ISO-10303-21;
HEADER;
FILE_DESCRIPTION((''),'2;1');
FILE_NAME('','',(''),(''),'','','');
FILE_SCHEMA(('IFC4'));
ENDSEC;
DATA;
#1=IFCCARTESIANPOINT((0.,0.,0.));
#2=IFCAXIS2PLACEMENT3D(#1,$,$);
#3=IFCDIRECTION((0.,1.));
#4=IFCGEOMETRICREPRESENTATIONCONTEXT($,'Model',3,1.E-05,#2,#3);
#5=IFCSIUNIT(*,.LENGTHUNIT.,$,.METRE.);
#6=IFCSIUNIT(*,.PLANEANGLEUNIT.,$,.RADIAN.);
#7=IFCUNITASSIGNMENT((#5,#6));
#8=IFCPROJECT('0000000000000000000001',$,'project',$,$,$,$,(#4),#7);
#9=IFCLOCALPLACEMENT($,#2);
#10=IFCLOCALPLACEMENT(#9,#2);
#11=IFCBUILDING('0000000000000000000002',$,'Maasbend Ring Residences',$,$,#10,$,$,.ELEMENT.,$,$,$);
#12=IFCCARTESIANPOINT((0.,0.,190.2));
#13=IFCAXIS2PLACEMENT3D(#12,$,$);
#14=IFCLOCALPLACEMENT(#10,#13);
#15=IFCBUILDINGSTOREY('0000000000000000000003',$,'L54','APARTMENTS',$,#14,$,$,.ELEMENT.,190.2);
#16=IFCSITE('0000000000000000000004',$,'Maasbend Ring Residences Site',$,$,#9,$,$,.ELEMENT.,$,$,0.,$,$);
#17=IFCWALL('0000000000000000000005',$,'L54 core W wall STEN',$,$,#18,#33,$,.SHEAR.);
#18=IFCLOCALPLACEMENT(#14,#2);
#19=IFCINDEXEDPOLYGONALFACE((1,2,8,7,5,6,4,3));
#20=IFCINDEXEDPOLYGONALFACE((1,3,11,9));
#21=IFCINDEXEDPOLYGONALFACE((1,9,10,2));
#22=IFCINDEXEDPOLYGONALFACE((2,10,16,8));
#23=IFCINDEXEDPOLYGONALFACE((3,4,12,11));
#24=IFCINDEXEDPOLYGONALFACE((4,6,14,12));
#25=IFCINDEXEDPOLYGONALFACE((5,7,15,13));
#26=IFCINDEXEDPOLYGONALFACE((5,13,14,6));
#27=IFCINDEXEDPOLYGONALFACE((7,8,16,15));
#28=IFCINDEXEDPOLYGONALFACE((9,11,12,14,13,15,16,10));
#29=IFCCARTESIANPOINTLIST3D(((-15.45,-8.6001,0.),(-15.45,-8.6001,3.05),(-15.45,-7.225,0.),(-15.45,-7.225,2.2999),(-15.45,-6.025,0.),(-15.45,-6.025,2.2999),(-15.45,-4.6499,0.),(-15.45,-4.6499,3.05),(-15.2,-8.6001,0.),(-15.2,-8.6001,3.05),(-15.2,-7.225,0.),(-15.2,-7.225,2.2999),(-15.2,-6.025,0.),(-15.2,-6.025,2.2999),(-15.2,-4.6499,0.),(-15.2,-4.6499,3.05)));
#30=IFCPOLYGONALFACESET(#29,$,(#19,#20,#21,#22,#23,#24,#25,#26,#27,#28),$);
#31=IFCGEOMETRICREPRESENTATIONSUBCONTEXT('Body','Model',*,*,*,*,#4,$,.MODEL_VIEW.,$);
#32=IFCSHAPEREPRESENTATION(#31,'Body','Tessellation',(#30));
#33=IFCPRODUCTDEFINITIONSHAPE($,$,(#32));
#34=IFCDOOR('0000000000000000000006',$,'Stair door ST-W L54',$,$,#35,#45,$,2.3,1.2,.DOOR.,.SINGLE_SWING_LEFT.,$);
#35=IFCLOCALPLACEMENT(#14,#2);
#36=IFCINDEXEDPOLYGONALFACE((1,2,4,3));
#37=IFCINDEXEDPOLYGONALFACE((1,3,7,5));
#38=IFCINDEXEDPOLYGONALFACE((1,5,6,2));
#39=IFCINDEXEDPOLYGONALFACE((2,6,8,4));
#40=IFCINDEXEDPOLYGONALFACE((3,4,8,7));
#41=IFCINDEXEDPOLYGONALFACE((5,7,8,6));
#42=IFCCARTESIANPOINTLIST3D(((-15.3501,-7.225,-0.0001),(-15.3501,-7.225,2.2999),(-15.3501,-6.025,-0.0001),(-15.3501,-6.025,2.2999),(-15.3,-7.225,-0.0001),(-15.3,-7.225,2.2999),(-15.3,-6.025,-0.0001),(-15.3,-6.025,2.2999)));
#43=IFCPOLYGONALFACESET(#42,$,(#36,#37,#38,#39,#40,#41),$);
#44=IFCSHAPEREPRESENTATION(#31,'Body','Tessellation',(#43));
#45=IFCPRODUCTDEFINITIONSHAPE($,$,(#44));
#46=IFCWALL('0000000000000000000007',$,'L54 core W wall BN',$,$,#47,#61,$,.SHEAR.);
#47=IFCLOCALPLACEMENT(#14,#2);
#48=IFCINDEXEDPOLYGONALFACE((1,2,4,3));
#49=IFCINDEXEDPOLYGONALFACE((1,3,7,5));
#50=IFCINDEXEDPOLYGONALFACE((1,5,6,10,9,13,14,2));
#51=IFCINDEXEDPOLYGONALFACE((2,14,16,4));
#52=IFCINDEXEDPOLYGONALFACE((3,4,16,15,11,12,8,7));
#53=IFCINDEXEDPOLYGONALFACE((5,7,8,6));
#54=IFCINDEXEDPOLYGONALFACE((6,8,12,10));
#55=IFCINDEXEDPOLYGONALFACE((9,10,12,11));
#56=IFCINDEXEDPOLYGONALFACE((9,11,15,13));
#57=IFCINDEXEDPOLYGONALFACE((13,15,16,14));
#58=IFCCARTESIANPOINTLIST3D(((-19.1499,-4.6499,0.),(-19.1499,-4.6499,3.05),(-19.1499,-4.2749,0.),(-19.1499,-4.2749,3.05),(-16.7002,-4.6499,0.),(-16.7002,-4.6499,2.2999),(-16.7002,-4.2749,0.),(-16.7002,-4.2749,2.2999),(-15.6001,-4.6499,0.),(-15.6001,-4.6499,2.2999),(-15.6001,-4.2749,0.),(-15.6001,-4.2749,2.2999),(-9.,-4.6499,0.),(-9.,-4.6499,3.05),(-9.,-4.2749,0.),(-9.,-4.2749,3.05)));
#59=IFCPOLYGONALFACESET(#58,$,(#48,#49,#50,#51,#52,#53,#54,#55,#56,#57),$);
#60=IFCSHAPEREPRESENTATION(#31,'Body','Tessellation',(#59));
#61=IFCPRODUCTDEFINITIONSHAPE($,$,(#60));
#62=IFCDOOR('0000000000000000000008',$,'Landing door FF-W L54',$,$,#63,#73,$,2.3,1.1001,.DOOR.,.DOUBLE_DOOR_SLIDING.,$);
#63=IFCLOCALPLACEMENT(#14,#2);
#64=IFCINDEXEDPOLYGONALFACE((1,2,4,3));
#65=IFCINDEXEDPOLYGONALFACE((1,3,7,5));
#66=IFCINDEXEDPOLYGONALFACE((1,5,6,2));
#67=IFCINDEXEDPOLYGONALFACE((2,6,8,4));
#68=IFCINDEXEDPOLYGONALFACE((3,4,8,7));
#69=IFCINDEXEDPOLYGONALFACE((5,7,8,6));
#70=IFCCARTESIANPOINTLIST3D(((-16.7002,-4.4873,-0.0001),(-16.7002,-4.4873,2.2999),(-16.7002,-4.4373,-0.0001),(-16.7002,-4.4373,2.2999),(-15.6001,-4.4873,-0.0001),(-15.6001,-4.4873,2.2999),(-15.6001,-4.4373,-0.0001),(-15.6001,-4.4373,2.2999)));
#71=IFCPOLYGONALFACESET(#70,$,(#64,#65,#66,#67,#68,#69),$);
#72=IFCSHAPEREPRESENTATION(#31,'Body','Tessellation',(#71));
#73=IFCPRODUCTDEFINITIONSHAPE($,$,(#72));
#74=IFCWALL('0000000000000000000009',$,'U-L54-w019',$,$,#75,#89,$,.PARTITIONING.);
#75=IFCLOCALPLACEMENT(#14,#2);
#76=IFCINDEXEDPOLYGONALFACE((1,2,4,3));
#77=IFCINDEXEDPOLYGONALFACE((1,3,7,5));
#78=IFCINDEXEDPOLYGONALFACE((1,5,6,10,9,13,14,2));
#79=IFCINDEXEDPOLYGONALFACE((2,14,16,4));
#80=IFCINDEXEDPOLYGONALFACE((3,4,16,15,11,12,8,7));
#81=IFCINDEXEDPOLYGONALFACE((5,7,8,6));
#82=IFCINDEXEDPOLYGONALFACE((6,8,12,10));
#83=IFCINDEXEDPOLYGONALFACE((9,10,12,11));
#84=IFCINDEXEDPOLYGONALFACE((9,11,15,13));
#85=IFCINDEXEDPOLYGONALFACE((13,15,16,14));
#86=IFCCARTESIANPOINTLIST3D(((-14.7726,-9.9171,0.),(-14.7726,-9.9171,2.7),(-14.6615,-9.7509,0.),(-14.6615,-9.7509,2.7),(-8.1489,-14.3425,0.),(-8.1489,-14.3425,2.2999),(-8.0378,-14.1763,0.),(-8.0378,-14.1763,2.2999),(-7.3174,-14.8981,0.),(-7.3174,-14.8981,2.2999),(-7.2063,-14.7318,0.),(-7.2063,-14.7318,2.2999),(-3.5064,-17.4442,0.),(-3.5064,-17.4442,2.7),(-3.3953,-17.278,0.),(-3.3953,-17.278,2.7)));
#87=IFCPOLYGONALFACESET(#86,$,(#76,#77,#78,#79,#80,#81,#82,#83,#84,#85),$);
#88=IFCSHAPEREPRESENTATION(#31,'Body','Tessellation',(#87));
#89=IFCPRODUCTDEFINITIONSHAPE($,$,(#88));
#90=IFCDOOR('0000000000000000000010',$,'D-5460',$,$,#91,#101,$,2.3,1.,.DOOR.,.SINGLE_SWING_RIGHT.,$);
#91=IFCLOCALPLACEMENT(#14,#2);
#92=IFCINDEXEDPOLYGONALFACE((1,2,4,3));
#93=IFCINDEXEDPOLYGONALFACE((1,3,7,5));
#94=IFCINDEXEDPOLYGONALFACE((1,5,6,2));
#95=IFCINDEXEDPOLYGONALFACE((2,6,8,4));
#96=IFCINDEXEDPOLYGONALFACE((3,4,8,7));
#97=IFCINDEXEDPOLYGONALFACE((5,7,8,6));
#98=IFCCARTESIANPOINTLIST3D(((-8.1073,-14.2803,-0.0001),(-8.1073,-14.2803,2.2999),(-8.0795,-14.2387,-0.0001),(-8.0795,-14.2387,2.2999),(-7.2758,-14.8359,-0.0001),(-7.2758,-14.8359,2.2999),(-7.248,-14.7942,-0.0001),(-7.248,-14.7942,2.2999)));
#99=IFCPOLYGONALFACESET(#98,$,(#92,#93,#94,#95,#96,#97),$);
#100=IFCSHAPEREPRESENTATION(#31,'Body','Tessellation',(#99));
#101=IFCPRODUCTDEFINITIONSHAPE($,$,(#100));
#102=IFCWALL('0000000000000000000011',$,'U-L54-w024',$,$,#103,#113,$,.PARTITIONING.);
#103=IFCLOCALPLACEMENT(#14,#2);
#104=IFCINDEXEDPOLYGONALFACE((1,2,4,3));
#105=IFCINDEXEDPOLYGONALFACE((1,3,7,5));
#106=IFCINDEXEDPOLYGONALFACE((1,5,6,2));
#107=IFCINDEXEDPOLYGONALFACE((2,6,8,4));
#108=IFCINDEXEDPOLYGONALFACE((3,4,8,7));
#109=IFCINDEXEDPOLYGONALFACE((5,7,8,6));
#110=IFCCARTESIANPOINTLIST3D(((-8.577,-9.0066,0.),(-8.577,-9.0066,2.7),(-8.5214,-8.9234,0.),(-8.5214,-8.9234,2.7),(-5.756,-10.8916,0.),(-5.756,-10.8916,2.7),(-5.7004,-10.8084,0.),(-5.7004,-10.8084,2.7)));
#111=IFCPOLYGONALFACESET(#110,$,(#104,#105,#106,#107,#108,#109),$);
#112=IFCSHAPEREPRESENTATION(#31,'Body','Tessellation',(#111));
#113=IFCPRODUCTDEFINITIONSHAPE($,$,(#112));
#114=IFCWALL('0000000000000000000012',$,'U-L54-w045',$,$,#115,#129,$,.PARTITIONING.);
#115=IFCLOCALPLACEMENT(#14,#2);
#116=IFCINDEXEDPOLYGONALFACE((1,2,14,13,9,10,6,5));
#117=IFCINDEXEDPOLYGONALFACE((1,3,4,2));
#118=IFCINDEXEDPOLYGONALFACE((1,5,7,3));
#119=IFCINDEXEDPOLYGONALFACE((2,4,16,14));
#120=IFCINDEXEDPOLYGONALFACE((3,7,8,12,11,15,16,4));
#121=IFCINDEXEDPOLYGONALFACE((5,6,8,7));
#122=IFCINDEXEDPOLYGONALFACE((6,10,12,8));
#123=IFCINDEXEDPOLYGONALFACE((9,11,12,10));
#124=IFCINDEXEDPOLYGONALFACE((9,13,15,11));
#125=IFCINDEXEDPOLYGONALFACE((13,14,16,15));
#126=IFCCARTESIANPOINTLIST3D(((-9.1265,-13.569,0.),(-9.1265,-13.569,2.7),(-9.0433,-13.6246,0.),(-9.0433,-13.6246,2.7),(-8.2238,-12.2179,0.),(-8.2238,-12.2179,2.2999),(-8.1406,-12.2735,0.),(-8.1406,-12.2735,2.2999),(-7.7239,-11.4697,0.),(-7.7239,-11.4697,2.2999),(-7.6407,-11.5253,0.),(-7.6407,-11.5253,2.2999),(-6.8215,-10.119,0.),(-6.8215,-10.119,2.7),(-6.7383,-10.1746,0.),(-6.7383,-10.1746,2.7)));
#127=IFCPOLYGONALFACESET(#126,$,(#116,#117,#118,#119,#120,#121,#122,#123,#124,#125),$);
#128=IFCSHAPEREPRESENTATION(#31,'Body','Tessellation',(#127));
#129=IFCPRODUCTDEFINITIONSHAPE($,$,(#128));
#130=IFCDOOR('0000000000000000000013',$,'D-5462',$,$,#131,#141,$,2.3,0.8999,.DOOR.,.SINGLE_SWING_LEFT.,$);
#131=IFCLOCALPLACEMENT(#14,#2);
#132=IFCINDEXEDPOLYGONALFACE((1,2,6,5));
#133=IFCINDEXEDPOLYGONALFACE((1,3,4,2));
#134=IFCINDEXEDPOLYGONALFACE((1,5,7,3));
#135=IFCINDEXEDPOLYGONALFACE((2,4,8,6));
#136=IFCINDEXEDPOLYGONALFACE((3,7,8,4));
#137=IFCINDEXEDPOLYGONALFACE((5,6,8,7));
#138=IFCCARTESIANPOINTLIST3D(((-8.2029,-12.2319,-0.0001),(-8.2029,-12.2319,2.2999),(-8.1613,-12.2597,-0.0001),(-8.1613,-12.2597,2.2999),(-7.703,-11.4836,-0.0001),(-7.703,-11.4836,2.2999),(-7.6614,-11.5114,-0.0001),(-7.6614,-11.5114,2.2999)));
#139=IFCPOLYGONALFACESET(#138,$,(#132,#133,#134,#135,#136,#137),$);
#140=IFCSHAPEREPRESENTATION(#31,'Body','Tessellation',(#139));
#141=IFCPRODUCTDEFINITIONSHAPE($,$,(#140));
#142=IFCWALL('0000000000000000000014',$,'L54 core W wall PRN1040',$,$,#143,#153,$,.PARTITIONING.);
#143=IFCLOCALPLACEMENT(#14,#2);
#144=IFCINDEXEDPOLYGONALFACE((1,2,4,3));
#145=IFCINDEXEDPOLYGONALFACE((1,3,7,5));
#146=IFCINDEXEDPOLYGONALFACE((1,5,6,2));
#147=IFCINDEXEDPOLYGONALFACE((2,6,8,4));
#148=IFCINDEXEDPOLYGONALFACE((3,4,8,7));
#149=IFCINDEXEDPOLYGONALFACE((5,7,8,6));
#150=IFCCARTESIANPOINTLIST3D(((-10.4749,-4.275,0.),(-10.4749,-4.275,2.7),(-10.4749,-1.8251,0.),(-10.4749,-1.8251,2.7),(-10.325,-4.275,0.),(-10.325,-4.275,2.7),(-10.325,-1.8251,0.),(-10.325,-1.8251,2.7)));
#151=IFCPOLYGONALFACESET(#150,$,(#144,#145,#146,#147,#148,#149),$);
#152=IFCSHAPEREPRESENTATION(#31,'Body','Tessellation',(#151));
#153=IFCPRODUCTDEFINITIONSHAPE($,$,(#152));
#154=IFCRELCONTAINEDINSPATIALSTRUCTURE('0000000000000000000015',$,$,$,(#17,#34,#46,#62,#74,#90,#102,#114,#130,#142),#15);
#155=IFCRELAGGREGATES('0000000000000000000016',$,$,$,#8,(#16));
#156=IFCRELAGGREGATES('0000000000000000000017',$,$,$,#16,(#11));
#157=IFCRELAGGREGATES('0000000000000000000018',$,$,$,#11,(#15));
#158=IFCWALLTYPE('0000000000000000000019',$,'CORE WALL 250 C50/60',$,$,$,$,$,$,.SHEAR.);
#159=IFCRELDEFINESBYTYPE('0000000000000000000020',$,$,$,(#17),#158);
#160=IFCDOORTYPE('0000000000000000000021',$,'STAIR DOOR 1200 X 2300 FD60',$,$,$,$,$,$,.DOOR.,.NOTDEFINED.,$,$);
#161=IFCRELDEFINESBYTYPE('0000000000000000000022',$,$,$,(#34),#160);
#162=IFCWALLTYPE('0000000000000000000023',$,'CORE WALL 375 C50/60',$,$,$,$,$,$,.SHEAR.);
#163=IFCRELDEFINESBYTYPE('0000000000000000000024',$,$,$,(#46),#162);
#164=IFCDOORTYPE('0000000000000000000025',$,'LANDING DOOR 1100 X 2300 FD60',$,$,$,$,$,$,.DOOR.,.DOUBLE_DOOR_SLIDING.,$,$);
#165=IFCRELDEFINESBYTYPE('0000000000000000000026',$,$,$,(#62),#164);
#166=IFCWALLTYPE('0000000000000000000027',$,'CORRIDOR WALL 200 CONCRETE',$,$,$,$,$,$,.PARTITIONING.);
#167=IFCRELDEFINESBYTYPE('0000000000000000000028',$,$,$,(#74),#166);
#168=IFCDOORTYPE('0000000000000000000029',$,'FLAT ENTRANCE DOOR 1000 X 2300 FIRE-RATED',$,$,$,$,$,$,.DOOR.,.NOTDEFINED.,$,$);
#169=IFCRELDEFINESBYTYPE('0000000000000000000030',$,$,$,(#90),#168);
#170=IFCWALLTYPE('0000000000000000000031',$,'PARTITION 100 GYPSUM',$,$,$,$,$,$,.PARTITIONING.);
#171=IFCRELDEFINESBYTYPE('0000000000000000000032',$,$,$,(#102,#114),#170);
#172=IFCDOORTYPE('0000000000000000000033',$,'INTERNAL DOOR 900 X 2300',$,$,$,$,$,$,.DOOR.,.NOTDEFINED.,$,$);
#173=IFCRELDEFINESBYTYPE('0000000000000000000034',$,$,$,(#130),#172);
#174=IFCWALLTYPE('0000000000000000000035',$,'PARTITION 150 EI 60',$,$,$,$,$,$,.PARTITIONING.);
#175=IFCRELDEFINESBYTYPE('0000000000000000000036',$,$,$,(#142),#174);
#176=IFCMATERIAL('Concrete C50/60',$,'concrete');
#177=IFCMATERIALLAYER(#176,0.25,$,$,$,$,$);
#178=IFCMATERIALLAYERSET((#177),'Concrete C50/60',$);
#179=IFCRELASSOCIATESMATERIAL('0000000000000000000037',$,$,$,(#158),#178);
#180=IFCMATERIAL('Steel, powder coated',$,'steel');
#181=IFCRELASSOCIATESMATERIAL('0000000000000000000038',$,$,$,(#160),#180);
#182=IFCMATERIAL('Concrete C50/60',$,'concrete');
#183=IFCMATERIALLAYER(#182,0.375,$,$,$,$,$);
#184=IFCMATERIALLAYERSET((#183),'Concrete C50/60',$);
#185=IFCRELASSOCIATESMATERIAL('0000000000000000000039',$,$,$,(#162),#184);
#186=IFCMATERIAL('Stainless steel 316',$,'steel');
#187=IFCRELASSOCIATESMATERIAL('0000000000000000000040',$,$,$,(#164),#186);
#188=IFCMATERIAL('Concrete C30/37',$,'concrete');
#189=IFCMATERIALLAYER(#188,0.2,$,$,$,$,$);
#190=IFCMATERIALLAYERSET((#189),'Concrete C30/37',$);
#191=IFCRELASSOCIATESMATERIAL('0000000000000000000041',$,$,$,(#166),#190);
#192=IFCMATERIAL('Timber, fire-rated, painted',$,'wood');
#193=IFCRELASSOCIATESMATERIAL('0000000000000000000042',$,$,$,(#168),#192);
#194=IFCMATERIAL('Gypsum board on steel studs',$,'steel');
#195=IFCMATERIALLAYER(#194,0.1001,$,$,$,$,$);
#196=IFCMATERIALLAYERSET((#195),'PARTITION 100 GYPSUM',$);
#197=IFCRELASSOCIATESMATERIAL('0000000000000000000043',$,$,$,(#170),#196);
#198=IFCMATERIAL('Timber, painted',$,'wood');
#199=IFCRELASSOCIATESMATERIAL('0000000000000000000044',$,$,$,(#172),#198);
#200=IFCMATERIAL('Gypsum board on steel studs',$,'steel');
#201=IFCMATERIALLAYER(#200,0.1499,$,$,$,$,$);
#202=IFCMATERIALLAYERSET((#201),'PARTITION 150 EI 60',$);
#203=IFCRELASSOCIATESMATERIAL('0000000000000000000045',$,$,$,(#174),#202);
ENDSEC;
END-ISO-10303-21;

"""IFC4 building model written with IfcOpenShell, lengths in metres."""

from ifc_helpers import new_model, si_unit, direction, frame, frame_2d, origin, place, context, subcontext, project, spatial, rectangle, extrude, material, layer, layer_set, type_object, element, fill, save


model = new_model("IFC4")

# Units and contexts
model_context = context("Model", 3, precision=1e-05, world=origin(), true_north=direction((0.0, 1.0)))
body_context = subcontext(model_context, "Body", "Model", "MODEL_VIEW")
ifc_project = project(units=[si_unit("LENGTHUNIT", "METRE"), si_unit("PLANEANGLEUNIT", "RADIAN")], contexts=[model_context])

# Site, building, storey
site_placement = place(None, origin())
site = spatial("IfcSite", under=ifc_project, at=site_placement, Name="Maasbend Ring Residences Site", CompositionType="ELEMENT", RefElevation=0.0)
building_placement = place(site_placement, origin())
building = spatial("IfcBuilding", under=site, at=building_placement, Name="Maasbend Ring Residences", CompositionType="ELEMENT")
storey_placement = place(building_placement, frame((0.0, 0.0, 190.2)))
storey = spatial("IfcBuildingStorey", under=building, at=storey_placement, Name="L54", Description="APARTMENTS", CompositionType="ELEMENT", Elevation=190.2)

# Shared definitions
ifc_material_1 = material(Name="Concrete C50/60", Category="concrete")
ifc_layer_1 = layer(ifc_material_1, 0.25)
ifc_layer_set_1 = layer_set([ifc_layer_1], Name="Concrete C50/60")
wall_type_1 = type_object("IfcWallType", Name="CORE WALL 250 C50/60", PredefinedType="SHEAR", material=ifc_layer_set_1)

# Walls, openings, doors
wall_1_placement = place(storey_placement, frame((-15.325, -4.6499, 0.0), z_axis=(0.0, 0.0, 1.0), x_axis=(0.0, -1.0, 0.0)))
wall_1 = element("IfcWall", 1, at=wall_1_placement, inside=storey, type_object=wall_type_1, Name="L54 core W wall STEN", PredefinedType="SHEAR", context=body_context, shape_type="SweptSolid", body=[
    extrude(rectangle(XDim=3.9502, YDim=0.25, at=frame_2d((1.9751, 0.0))), origin(), (0.0, 0.0, 1.0), 3.05),
])
opening_1_placement = place(wall_1_placement, frame((1.375, 0.0, 0.0)))
opening_1 = element("IfcOpeningElement", 2, at=opening_1_placement, cuts=wall_1, PredefinedType="OPENING", context=body_context, shape_type="SweptSolid", body=[
    extrude(rectangle(XDim=1.2, YDim=2.3, at=frame_2d((0.6001, 1.1499))), frame((0.0, 0.135, 0.0), z_axis=(0.0, -1.0, 0.0), x_axis=(1.0, 0.0, 0.0)), (0.0, 0.0, 1.0), 0.27),
])
ifc_material_2 = material(Name="Steel, powder coated", Category="steel")
door_type_1 = type_object("IfcDoorType", Name="STAIR DOOR 1200 X 2300 FD60", OperationType="NOTDEFINED", PredefinedType="DOOR", material=ifc_material_2)
door_1_placement = place(opening_1_placement, origin())
door_1 = element("IfcDoor", 3, at=door_1_placement, inside=storey, type_object=door_type_1, Name="Stair door ST-W L54", OperationType="SINGLE_SWING_LEFT", OverallHeight=2.3, OverallWidth=1.2, PredefinedType="DOOR", context=body_context, shape_type="SweptSolid", body=[
    extrude(rectangle(XDim=1.2, YDim=2.3, at=frame_2d((0.6001, 1.1499))), frame((0.0, 0.0249, 0.0), z_axis=(0.0, -1.0, 0.0), x_axis=(1.0, 0.0, 0.0)), (0.0, 0.0, 1.0), 0.05),
])
fill(opening_1, door_1)
ifc_material_3 = material(Name="Concrete C50/60", Category="concrete")
ifc_layer_2 = layer(ifc_material_3, 0.375)
ifc_layer_set_2 = layer_set([ifc_layer_2], Name="Concrete C50/60")
wall_type_2 = type_object("IfcWallType", Name="CORE WALL 375 C50/60", PredefinedType="SHEAR", material=ifc_layer_set_2)
wall_2_placement = place(storey_placement, frame((-9.0, -4.4624, 0.0), z_axis=(0.0, 0.0, 1.0), x_axis=(-1.0, 0.0, 0.0)))
wall_2 = element("IfcWall", 4, at=wall_2_placement, inside=storey, type_object=wall_type_2, Name="L54 core W wall BN", PredefinedType="SHEAR", context=body_context, shape_type="SweptSolid", body=[
    extrude(rectangle(XDim=10.1499, YDim=0.375, at=frame_2d((5.075, 0.0))), origin(), (0.0, 0.0, 1.0), 3.05),
])
opening_2_placement = place(wall_2_placement, frame((6.6001, 0.0, 0.0)))
opening_2 = element("IfcOpeningElement", 5, at=opening_2_placement, cuts=wall_2, PredefinedType="OPENING", context=body_context, shape_type="SweptSolid", body=[
    extrude(rectangle(XDim=1.1001, YDim=2.3, at=frame_2d((0.55, 1.1499))), frame((0.0, 0.1975, 0.0), z_axis=(0.0, -1.0, 0.0), x_axis=(1.0, 0.0, 0.0)), (0.0, 0.0, 1.0), 0.395),
])
ifc_material_4 = material(Name="Stainless steel 316", Category="steel")
door_type_2 = type_object("IfcDoorType", Name="LANDING DOOR 1100 X 2300 FD60", OperationType="DOUBLE_DOOR_SLIDING", PredefinedType="DOOR", material=ifc_material_4)
door_2_placement = place(opening_2_placement, origin())
door_2 = element("IfcDoor", 6, at=door_2_placement, inside=storey, type_object=door_type_2, Name="Landing door FF-W L54", OperationType="DOUBLE_DOOR_SLIDING", OverallHeight=2.3, OverallWidth=1.1001, PredefinedType="DOOR", context=body_context, shape_type="SweptSolid", body=[
    extrude(rectangle(XDim=1.1001, YDim=2.3, at=frame_2d((0.55, 1.1499))), frame((0.0, 0.0249, 0.0), z_axis=(0.0, -1.0, 0.0), x_axis=(1.0, 0.0, 0.0)), (0.0, 0.0, 1.0), 0.05),
])
fill(opening_2, door_2)
ifc_material_5 = material(Name="Concrete C30/37", Category="concrete")
ifc_layer_3 = layer(ifc_material_5, 0.2)
ifc_layer_set_3 = layer_set([ifc_layer_3], Name="Concrete C30/37")
wall_type_3 = type_object("IfcWallType", Name="CORRIDOR WALL 200 CONCRETE", PredefinedType="PARTITIONING", material=ifc_layer_set_3)
wall_3_placement = place(storey_placement, frame((-14.717, -9.834, 0.0), z_axis=(0.0, 0.0, 1.0), x_axis=(0.831493, -0.555536, 0.0)))
wall_3 = element("IfcWall", 7, at=wall_3_placement, inside=storey, type_object=wall_type_3, Name="U-L54-w019", PredefinedType="PARTITIONING", context=body_context, shape_type="SweptSolid", body=[
    extrude(rectangle(XDim=13.5493, YDim=0.2, at=frame_2d((6.7747, 0.0))), origin(), (0.0, 0.0, 1.0), 2.7),
])
opening_3_placement = place(wall_3_placement, frame((7.9661, 0.0, 0.0)))
opening_3 = element("IfcOpeningElement", 8, at=opening_3_placement, cuts=wall_3, PredefinedType="OPENING", context=body_context, shape_type="SweptSolid", body=[
    extrude(rectangle(XDim=1.0, YDim=2.3, at=frame_2d((0.5, 1.1499))), frame((0.0, 0.1099, 0.0), z_axis=(0.0, -1.0, 0.0), x_axis=(1.0, 0.0, 0.0)), (0.0, 0.0, 1.0), 0.22),
])
ifc_material_6 = material(Name="Timber, fire-rated, painted", Category="wood")
door_type_3 = type_object("IfcDoorType", Name="FLAT ENTRANCE DOOR 1000 X 2300 FIRE-RATED", OperationType="NOTDEFINED", PredefinedType="DOOR", material=ifc_material_6)
door_3_placement = place(opening_3_placement, origin())
door_3 = element("IfcDoor", 9, at=door_3_placement, inside=storey, type_object=door_type_3, Name="D-5460", OperationType="SINGLE_SWING_RIGHT", OverallHeight=2.3, OverallWidth=1.0, PredefinedType="DOOR", context=body_context, shape_type="SweptSolid", body=[
    extrude(rectangle(XDim=1.0, YDim=2.3, at=frame_2d((0.5, 1.1499))), frame((0.0, 0.0249, 0.0), z_axis=(0.0, -1.0, 0.0), x_axis=(1.0, 0.0, 0.0)), (0.0, 0.0, 1.0), 0.05),
])
fill(opening_3, door_3)

# Wall
ifc_material_7 = material(Name="Gypsum board on steel studs", Category="steel")
ifc_layer_4 = layer(ifc_material_7, 0.1001)
ifc_layer_set_4 = layer_set([ifc_layer_4], Name="PARTITION 100 GYPSUM")
wall_type_4 = type_object("IfcWallType", Name="PARTITION 100 GYPSUM", PredefinedType="PARTITIONING", material=ifc_layer_set_4)
wall_4_placement = place(storey_placement, frame((-8.5491, -8.9651, 0.0), z_axis=(0.0, 0.0, 1.0), x_axis=(0.831463, -0.55558, 0.0)))
element("IfcWall", 10, at=wall_4_placement, inside=storey, type_object=wall_type_4, Name="U-L54-w024", PredefinedType="PARTITIONING", context=body_context, shape_type="SweptSolid", body=[
    extrude(rectangle(XDim=3.3928, YDim=0.1001, at=frame_2d((1.6963, 0.0))), origin(), (0.0, 0.0, 1.0), 2.7),
])

# Wall, opening, door
wall_5_placement = place(storey_placement, frame((-9.085, -13.5969, 0.0), z_axis=(0.0, 0.0, 1.0), x_axis=(0.555528, 0.831498, 0.0)))
wall_5 = element("IfcWall", 11, at=wall_5_placement, inside=storey, type_object=wall_type_4, Name="U-L54-w045", PredefinedType="PARTITIONING", context=body_context, shape_type="SweptSolid", body=[
    extrude(rectangle(XDim=4.1492, YDim=0.1001, at=frame_2d((2.0747, 0.0))), origin(), (0.0, 0.0, 1.0), 2.7),
])
opening_4_placement = place(wall_5_placement, frame((1.625, 0.0, 0.0)))
opening_4 = element("IfcOpeningElement", 12, at=opening_4_placement, cuts=wall_5, PredefinedType="OPENING", context=body_context, shape_type="SweptSolid", body=[
    extrude(rectangle(XDim=0.8999, YDim=2.3, at=frame_2d((0.45, 1.1499))), frame((0.0, 0.0601, 0.0), z_axis=(0.0, -1.0, 0.0), x_axis=(1.0, 0.0, 0.0)), (0.0, 0.0, 1.0), 0.1201),
])
ifc_material_8 = material(Name="Timber, painted", Category="wood")
door_type_4 = type_object("IfcDoorType", Name="INTERNAL DOOR 900 X 2300", OperationType="NOTDEFINED", PredefinedType="DOOR", material=ifc_material_8)
door_4_placement = place(opening_4_placement, origin())
door_4 = element("IfcDoor", 13, at=door_4_placement, inside=storey, type_object=door_type_4, Name="D-5462", OperationType="SINGLE_SWING_LEFT", OverallHeight=2.3, OverallWidth=0.8999, PredefinedType="DOOR", context=body_context, shape_type="SweptSolid", body=[
    extrude(rectangle(XDim=0.8999, YDim=2.3, at=frame_2d((0.45, 1.1499))), frame((0.0, 0.0249, 0.0), z_axis=(0.0, -1.0, 0.0), x_axis=(1.0, 0.0, 0.0)), (0.0, 0.0, 1.0), 0.05),
])
fill(opening_4, door_4)

# Wall
ifc_material_9 = material(Name="Gypsum board on steel studs", Category="steel")
ifc_layer_5 = layer(ifc_material_9, 0.1499)
ifc_layer_set_5 = layer_set([ifc_layer_5], Name="PARTITION 150 EI 60")
wall_type_5 = type_object("IfcWallType", Name="PARTITION 150 EI 60", PredefinedType="PARTITIONING", material=ifc_layer_set_5)
wall_6_placement = place(storey_placement, frame((-10.3999, -1.825, 0.0), z_axis=(0.0, 0.0, 1.0), x_axis=(0.0, -1.0, 0.0)))
element("IfcWall", 14, at=wall_6_placement, inside=storey, type_object=wall_type_5, Name="L54 core W wall PRN1040", PredefinedType="PARTITIONING", context=body_context, shape_type="SweptSolid", body=[
    extrude(rectangle(XDim=2.45, YDim=0.1499, at=frame_2d((1.2251, 0.0))), origin(), (0.0, 0.0, 1.0), 2.7),
])

save(model, "model.ifc")
